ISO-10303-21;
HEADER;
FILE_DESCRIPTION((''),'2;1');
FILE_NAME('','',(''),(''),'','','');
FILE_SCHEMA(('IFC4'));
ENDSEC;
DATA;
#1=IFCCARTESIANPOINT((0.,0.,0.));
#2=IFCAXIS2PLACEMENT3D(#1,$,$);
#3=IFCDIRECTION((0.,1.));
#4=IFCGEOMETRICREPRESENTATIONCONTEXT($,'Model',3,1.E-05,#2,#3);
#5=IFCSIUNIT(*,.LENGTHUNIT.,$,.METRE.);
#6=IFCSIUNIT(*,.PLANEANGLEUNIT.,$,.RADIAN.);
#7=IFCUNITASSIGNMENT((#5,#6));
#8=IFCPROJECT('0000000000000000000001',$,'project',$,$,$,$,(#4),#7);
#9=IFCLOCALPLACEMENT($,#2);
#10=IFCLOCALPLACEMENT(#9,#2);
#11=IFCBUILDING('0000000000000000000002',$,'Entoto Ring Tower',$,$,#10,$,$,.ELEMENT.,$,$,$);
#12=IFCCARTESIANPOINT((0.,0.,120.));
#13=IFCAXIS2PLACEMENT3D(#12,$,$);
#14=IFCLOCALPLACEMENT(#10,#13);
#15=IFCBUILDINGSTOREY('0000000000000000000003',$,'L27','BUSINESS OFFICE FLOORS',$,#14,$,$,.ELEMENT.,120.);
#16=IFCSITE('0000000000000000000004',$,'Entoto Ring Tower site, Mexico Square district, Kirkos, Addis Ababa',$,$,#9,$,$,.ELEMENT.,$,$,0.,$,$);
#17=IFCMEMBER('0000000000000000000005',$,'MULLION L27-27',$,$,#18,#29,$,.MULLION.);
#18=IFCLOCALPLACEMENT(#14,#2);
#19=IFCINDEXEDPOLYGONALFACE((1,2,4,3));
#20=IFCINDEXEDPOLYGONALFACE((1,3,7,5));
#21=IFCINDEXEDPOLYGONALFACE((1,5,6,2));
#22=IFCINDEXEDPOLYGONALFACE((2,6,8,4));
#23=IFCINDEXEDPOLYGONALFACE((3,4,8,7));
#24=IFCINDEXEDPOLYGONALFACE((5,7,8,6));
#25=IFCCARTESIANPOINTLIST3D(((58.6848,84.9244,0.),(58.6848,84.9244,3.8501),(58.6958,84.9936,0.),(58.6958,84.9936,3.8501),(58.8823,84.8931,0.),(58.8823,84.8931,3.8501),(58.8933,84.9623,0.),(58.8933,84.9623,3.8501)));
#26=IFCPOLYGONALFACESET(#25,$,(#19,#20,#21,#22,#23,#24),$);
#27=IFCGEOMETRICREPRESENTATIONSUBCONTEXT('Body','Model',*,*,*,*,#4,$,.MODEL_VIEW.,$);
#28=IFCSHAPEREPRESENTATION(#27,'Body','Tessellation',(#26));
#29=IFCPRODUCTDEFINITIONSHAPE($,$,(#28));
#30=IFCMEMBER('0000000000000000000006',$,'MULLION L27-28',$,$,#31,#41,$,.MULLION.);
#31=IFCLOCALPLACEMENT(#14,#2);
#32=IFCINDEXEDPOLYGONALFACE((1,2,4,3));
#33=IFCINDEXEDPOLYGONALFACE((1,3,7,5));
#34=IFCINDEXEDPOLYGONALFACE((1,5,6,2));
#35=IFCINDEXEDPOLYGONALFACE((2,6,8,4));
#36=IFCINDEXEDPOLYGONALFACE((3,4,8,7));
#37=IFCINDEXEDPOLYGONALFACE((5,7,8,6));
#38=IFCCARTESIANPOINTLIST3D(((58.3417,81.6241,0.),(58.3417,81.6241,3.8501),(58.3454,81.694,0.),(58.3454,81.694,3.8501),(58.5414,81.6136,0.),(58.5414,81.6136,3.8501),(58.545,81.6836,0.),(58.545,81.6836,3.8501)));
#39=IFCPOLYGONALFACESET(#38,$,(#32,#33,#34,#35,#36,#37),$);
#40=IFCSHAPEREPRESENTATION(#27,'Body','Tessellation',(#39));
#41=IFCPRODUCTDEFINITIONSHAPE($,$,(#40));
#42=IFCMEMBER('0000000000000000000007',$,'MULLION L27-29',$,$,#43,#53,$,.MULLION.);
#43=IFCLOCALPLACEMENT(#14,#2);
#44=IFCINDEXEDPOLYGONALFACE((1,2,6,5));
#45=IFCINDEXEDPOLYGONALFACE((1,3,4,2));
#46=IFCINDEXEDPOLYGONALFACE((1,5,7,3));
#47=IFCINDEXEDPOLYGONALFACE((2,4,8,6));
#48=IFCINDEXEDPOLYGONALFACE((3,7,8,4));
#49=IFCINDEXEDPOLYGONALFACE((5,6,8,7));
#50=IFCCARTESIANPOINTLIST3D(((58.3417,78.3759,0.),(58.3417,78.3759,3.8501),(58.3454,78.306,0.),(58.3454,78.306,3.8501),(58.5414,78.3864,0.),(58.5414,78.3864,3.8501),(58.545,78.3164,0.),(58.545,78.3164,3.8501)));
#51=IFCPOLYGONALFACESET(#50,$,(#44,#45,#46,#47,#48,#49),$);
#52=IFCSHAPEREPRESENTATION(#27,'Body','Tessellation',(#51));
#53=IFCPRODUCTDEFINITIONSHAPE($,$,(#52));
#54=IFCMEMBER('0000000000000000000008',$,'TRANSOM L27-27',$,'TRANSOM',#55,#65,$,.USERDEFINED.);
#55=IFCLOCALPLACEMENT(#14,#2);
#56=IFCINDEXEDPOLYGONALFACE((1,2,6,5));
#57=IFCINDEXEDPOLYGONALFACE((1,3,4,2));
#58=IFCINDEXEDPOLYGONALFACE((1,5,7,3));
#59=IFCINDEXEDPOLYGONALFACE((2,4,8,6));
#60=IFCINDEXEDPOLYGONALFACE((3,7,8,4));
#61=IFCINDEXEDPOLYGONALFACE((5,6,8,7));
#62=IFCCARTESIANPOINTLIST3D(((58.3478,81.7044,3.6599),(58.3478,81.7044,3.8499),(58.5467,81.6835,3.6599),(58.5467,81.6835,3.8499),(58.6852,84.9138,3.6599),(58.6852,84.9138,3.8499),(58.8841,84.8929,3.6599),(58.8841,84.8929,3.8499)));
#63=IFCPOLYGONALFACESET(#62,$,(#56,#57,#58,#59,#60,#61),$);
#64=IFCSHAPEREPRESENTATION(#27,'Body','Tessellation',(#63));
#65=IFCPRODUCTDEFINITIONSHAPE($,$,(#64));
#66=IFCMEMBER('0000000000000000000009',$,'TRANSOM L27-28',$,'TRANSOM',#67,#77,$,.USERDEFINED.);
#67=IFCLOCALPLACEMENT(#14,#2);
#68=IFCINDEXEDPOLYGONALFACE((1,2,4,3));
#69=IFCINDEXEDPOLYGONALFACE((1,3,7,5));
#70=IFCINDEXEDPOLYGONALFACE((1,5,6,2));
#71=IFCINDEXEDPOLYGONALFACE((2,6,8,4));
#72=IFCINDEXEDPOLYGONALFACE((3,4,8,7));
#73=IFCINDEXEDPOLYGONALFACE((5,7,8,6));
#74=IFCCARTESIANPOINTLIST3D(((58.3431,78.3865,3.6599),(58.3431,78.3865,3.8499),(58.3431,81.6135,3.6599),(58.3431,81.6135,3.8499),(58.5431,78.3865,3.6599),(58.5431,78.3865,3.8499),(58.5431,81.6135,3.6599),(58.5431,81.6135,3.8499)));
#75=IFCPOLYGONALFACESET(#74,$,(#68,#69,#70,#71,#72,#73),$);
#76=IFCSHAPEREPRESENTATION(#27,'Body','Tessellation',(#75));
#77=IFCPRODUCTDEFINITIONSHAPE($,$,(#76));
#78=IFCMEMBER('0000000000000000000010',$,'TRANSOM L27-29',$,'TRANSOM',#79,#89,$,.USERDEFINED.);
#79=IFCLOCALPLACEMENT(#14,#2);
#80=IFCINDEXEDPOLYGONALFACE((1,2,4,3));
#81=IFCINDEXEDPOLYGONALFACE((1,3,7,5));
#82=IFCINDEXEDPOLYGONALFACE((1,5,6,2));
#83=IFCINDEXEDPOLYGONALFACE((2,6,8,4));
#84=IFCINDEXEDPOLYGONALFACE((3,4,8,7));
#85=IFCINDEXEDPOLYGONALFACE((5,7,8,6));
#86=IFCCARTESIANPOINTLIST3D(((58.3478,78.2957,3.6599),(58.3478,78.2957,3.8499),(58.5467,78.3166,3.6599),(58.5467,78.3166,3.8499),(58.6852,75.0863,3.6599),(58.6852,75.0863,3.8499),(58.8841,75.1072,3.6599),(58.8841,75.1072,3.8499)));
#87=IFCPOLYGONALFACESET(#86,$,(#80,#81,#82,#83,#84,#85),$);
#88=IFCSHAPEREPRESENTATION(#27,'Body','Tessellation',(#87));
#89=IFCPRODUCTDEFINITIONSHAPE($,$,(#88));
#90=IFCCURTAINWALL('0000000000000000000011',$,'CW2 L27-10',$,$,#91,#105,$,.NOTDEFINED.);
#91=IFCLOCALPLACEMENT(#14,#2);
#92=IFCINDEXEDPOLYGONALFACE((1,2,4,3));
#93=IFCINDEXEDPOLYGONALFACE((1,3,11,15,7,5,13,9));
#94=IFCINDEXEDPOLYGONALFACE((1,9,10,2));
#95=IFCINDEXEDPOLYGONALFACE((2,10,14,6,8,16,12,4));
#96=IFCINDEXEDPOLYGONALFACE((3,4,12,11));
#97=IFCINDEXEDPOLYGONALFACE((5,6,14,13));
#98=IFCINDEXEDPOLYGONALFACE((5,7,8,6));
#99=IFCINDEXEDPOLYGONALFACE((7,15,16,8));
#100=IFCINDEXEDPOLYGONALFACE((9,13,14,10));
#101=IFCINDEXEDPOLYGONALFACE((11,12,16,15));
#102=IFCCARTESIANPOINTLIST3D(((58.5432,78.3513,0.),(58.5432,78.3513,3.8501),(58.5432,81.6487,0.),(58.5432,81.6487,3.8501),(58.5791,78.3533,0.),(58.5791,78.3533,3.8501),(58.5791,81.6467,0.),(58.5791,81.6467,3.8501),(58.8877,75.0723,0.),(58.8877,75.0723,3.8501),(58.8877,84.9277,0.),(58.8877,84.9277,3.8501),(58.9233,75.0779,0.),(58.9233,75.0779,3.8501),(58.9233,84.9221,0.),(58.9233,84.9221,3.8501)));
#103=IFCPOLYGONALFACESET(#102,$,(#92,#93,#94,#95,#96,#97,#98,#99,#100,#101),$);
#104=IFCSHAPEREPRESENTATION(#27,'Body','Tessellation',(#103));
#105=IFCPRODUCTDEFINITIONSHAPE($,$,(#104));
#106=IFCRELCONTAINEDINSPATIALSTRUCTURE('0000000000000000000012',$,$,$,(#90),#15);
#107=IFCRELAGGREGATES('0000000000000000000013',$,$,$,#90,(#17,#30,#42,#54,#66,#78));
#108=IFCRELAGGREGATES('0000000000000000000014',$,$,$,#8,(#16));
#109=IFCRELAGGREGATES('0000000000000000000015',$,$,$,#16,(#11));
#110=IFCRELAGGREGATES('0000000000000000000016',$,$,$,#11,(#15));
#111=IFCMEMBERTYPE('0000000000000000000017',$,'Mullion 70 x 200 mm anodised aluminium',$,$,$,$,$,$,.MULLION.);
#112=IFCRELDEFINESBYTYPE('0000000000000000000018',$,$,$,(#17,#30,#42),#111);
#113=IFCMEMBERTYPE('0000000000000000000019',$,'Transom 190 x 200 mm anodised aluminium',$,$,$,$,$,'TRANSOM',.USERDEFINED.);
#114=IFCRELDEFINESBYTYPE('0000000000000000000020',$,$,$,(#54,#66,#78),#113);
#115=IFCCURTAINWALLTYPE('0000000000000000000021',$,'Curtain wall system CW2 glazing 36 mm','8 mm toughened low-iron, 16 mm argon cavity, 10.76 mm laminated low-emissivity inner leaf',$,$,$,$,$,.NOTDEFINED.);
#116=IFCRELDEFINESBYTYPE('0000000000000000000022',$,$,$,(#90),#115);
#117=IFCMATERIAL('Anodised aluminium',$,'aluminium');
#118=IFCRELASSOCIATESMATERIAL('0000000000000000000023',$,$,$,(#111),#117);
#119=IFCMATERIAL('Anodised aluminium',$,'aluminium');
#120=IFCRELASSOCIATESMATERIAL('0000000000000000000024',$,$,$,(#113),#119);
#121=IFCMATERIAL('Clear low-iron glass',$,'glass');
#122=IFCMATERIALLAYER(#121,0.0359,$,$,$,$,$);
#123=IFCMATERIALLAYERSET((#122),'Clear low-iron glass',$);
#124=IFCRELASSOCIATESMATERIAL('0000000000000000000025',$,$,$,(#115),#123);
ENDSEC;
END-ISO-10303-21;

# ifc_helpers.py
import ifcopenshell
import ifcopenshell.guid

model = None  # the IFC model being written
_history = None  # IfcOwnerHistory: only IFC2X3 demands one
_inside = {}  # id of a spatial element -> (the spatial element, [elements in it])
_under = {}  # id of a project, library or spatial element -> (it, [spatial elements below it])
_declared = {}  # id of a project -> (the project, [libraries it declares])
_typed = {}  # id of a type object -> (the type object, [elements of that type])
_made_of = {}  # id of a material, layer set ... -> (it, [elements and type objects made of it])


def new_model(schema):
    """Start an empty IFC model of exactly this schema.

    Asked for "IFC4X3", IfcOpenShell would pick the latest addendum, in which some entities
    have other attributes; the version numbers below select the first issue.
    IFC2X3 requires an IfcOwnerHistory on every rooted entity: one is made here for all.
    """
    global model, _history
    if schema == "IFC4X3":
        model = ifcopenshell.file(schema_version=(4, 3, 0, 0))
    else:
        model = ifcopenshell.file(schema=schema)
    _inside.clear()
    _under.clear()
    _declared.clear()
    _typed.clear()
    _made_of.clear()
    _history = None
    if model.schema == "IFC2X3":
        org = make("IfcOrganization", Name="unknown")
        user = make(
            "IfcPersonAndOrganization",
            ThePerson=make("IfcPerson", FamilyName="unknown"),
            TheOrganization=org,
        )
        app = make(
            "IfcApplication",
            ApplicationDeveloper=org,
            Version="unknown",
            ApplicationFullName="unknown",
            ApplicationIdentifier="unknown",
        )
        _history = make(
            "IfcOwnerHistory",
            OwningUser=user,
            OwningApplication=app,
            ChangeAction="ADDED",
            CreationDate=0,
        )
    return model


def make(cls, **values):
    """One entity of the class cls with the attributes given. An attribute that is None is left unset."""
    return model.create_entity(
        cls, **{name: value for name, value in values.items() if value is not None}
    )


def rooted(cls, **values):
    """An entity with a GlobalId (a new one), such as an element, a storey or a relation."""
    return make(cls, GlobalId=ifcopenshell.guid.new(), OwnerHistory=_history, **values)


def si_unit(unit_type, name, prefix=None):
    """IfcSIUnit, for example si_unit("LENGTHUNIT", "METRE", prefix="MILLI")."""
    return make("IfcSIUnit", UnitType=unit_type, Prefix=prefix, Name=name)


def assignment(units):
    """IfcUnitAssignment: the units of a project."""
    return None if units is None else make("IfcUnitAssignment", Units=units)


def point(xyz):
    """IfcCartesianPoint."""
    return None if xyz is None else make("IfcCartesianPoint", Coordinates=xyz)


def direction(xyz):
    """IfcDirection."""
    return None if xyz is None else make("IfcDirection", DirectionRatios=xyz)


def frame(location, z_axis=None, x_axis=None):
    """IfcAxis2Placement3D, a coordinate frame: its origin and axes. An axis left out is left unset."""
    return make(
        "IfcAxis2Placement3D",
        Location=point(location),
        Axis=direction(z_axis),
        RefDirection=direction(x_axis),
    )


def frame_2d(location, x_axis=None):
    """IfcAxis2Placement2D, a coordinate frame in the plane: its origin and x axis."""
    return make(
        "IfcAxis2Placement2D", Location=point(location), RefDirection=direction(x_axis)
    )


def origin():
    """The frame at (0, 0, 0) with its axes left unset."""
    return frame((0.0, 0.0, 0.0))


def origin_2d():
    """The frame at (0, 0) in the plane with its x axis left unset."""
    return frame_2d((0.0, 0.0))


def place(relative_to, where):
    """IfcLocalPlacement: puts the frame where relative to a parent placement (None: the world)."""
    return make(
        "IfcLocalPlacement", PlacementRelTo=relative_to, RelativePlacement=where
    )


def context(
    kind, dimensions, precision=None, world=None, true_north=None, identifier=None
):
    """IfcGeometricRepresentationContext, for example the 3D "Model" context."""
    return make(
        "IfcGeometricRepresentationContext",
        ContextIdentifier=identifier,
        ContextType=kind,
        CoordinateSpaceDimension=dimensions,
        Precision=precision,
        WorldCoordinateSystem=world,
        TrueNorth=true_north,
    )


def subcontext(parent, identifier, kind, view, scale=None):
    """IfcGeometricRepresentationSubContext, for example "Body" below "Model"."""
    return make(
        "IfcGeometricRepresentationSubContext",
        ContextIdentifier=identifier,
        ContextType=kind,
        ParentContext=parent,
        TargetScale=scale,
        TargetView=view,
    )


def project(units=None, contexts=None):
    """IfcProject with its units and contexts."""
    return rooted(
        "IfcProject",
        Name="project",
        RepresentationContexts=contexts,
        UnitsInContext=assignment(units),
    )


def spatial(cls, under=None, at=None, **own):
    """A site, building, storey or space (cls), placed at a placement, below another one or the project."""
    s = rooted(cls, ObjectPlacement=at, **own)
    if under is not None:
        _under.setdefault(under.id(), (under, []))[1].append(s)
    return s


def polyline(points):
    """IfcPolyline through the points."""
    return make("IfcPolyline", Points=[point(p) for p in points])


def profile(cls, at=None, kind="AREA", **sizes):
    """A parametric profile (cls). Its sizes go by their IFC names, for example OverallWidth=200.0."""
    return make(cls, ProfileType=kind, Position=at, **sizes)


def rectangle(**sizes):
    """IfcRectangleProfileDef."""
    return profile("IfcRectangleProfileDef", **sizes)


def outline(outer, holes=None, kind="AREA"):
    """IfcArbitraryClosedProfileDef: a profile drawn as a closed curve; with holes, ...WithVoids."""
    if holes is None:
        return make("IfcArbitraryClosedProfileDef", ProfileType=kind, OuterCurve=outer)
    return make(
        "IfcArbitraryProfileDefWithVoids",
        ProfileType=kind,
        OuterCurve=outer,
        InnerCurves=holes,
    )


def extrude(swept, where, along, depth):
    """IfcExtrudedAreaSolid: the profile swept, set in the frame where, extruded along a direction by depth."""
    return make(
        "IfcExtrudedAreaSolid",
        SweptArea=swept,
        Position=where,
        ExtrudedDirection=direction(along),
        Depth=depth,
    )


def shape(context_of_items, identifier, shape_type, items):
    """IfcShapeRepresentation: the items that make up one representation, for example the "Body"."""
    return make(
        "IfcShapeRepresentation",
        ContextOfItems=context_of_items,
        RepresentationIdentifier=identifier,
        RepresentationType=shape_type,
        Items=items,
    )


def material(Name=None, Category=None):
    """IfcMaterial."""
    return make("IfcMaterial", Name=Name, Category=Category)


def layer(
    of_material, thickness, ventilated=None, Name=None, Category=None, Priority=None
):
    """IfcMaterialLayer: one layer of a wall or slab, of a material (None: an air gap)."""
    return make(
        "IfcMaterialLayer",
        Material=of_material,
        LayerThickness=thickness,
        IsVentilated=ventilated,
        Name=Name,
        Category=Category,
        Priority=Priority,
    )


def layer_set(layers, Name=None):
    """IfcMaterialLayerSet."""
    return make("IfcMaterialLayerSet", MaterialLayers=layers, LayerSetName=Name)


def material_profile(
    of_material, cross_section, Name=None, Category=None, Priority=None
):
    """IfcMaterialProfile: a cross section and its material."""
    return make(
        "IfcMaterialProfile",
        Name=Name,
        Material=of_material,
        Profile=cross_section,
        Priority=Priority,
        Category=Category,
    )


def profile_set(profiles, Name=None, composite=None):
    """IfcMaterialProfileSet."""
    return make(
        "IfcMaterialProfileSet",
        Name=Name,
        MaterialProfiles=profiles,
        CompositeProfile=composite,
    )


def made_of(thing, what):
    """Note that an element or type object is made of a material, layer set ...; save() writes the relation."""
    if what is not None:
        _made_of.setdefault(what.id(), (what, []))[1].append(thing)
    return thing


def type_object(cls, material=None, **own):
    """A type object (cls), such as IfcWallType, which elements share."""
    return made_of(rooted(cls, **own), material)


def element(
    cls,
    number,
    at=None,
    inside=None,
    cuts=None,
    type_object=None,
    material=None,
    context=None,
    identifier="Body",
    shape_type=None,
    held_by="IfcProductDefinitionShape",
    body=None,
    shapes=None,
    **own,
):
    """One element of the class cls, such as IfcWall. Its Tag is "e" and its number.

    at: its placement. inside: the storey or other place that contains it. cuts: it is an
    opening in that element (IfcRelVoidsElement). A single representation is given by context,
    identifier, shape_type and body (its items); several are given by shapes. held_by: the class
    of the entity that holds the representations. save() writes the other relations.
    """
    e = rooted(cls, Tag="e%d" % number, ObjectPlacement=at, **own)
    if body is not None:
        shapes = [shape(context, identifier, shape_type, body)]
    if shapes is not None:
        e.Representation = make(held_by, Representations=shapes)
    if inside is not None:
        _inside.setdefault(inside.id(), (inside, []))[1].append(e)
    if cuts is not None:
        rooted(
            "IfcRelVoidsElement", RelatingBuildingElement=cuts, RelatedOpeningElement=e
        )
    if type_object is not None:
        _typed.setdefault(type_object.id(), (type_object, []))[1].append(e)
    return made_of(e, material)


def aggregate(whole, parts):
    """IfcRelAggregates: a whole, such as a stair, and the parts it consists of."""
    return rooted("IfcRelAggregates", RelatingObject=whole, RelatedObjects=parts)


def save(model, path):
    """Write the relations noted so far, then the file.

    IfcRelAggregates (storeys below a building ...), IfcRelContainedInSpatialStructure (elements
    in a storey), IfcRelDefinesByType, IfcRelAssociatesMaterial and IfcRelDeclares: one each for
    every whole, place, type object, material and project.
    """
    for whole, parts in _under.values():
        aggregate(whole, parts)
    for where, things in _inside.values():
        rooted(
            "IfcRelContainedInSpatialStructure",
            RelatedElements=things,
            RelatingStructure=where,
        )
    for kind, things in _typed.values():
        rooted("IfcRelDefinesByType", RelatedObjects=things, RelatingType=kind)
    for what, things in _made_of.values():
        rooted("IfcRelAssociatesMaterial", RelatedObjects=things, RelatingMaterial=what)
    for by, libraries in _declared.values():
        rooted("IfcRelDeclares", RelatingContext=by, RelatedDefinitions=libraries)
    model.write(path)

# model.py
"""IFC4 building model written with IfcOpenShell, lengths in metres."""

from ifc_helpers import new_model, si_unit, direction, frame, origin, origin_2d, place, context, subcontext, project, spatial, polyline, rectangle, outline, extrude, material, layer, layer_set, material_profile, profile_set, type_object, element, aggregate, save


model = new_model("IFC4")

# Units and contexts
model_context = context("Model", 3, precision=1e-05, world=origin(), true_north=direction((0.0, 1.0)))
body_context = subcontext(model_context, "Body", "Model", "MODEL_VIEW")
ifc_project = project(units=[si_unit("LENGTHUNIT", "METRE"), si_unit("PLANEANGLEUNIT", "RADIAN")], contexts=[model_context])

# Members
ifc_material_1 = material(Name="Anodised aluminium", Category="aluminium")
ifc_material_profile_1 = material_profile(ifc_material_1, rectangle(XDim=0.0701, YDim=0.2, at=origin_2d()), Name="Mullion 70 x 200 mm anodised aluminium")
ifc_profile_set_1 = profile_set([ifc_material_profile_1], Name="Anodised aluminium")
member_type_1 = type_object("IfcMemberType", Name="Mullion 70 x 200 mm anodised aluminium", PredefinedType="MULLION", material=ifc_profile_set_1)
site_placement = place(None, origin())
building_placement = place(site_placement, origin())
storey_placement = place(building_placement, frame((0.0, 0.0, 120.0)))
member_1_placement = place(storey_placement, frame((58.7891, 84.9434, 0.0), z_axis=(0.0, 0.0, 1.0), x_axis=(-0.156434, -0.987688, 0.0)))
member_1 = element("IfcMember", 1, at=member_1_placement, type_object=member_type_1, Name="MULLION L27-27", PredefinedType="MULLION", context=body_context, shape_type="SweptSolid", body=[
    extrude(rectangle(XDim=0.0701, YDim=0.2, at=origin_2d()), origin(), (0.0, 0.0, 1.0), 3.8501),
])
member_2_placement = place(storey_placement, frame((58.4434, 81.6538, 0.0), z_axis=(0.0, 0.0, 1.0), x_axis=(-0.052336, -0.99863, 0.0)))
member_2 = element("IfcMember", 2, at=member_2_placement, type_object=member_type_1, Name="MULLION L27-28", PredefinedType="MULLION", context=body_context, shape_type="SweptSolid", body=[
    extrude(rectangle(XDim=0.0701, YDim=0.2, at=origin_2d()), origin(), (0.0, 0.0, 1.0), 3.8501),
])
member_3_placement = place(storey_placement, frame((58.4434, 78.3462, 0.0), z_axis=(0.0, 0.0, 1.0), x_axis=(0.052336, -0.99863, 0.0)))
member_3 = element("IfcMember", 3, at=member_3_placement, type_object=member_type_1, Name="MULLION L27-29", PredefinedType="MULLION", context=body_context, shape_type="SweptSolid", body=[
    extrude(rectangle(XDim=0.0701, YDim=0.2, at=origin_2d()), origin(), (0.0, 0.0, 1.0), 3.8501),
])
ifc_material_2 = material(Name="Anodised aluminium", Category="aluminium")
ifc_material_profile_2 = material_profile(ifc_material_2, rectangle(XDim=0.2, YDim=0.1899, at=origin_2d()), Name="Transom 190 x 200 mm anodised aluminium")
ifc_profile_set_2 = profile_set([ifc_material_profile_2], Name="Anodised aluminium")
member_type_2 = type_object("IfcMemberType", Name="Transom 190 x 200 mm anodised aluminium", ElementType="TRANSOM", PredefinedType="USERDEFINED", material=ifc_profile_set_2)
member_4_placement = place(storey_placement, frame((58.7847, 84.9033, 3.7549), z_axis=(-0.104551, -0.99452, 0.0), x_axis=(0.99452, -0.104551, 0.0)))
member_4 = element("IfcMember", 4, at=member_4_placement, type_object=member_type_2, Name="TRANSOM L27-27", ObjectType="TRANSOM", PredefinedType="USERDEFINED", context=body_context, shape_type="SweptSolid", body=[
    extrude(rectangle(XDim=0.2, YDim=0.1899, at=origin_2d()), origin(), (0.0, 0.0, 1.0), 3.2271),
])
member_5_placement = place(storey_placement, frame((58.4431, 81.6135, 3.7549), z_axis=(0.0, -1.0, 0.0), x_axis=(1.0, 0.0, 0.0)))
member_5 = element("IfcMember", 5, at=member_5_placement, type_object=member_type_2, Name="TRANSOM L27-28", ObjectType="TRANSOM", PredefinedType="USERDEFINED", context=body_context, shape_type="SweptSolid", body=[
    extrude(rectangle(XDim=0.2, YDim=0.1899, at=origin_2d()), origin(), (0.0, 0.0, 1.0), 3.2271),
])
member_6_placement = place(storey_placement, frame((58.4473, 78.3062, 3.7549), z_axis=(0.104551, -0.99452, 0.0), x_axis=(0.99452, 0.104551, 0.0)))
member_6 = element("IfcMember", 6, at=member_6_placement, type_object=member_type_2, Name="TRANSOM L27-29", ObjectType="TRANSOM", PredefinedType="USERDEFINED", context=body_context, shape_type="SweptSolid", body=[
    extrude(rectangle(XDim=0.2, YDim=0.1899, at=origin_2d()), origin(), (0.0, 0.0, 1.0), 3.2271),
])

# Site, building, storey
site = spatial("IfcSite", under=ifc_project, at=site_placement, Name="Entoto Ring Tower site, Mexico Square district, Kirkos, Addis Ababa", CompositionType="ELEMENT", RefElevation=0.0)
building = spatial("IfcBuilding", under=site, at=building_placement, Name="Entoto Ring Tower", CompositionType="ELEMENT")
storey = spatial("IfcBuildingStorey", under=building, at=storey_placement, Name="L27", Description="BUSINESS OFFICE FLOORS", CompositionType="ELEMENT", Elevation=120.0)

# Curtain wall
ifc_material_3 = material(Name="Clear low-iron glass", Category="glass")
ifc_layer = layer(ifc_material_3, 0.0359)
ifc_layer_set = layer_set([ifc_layer], Name="Clear low-iron glass")
curtain_wall_type = type_object("IfcCurtainWallType", Name="Curtain wall system CW2 glazing 36 mm", Description="8 mm toughened low-iron, 16 mm argon cavity, 10.76 mm laminated low-emissivity inner leaf", PredefinedType="NOTDEFINED", material=ifc_layer_set)
curtain_wall_1_placement = place(storey_placement, origin())
curtain_wall_1 = element("IfcCurtainWall", 7, at=curtain_wall_1_placement, inside=storey, type_object=curtain_wall_type, Name="CW2 L27-10", PredefinedType="NOTDEFINED", context=body_context, shape_type="SweptSolid", body=[
    extrude(outline(polyline([(58.8877, 84.9277), (58.5432, 81.6487), (58.5432, 78.3513), (58.8877, 75.0723), (58.9233, 75.0779), (58.5791, 78.3533), (58.5791, 81.6467), (58.9233, 84.9221), (58.8877, 84.9277)])), origin(), (0.0, 0.0, 1.0), 3.8501),
])
aggregate(curtain_wall_1, [member_1, member_2, member_3, member_4, member_5, member_6])

save(model, "model.ifc")
